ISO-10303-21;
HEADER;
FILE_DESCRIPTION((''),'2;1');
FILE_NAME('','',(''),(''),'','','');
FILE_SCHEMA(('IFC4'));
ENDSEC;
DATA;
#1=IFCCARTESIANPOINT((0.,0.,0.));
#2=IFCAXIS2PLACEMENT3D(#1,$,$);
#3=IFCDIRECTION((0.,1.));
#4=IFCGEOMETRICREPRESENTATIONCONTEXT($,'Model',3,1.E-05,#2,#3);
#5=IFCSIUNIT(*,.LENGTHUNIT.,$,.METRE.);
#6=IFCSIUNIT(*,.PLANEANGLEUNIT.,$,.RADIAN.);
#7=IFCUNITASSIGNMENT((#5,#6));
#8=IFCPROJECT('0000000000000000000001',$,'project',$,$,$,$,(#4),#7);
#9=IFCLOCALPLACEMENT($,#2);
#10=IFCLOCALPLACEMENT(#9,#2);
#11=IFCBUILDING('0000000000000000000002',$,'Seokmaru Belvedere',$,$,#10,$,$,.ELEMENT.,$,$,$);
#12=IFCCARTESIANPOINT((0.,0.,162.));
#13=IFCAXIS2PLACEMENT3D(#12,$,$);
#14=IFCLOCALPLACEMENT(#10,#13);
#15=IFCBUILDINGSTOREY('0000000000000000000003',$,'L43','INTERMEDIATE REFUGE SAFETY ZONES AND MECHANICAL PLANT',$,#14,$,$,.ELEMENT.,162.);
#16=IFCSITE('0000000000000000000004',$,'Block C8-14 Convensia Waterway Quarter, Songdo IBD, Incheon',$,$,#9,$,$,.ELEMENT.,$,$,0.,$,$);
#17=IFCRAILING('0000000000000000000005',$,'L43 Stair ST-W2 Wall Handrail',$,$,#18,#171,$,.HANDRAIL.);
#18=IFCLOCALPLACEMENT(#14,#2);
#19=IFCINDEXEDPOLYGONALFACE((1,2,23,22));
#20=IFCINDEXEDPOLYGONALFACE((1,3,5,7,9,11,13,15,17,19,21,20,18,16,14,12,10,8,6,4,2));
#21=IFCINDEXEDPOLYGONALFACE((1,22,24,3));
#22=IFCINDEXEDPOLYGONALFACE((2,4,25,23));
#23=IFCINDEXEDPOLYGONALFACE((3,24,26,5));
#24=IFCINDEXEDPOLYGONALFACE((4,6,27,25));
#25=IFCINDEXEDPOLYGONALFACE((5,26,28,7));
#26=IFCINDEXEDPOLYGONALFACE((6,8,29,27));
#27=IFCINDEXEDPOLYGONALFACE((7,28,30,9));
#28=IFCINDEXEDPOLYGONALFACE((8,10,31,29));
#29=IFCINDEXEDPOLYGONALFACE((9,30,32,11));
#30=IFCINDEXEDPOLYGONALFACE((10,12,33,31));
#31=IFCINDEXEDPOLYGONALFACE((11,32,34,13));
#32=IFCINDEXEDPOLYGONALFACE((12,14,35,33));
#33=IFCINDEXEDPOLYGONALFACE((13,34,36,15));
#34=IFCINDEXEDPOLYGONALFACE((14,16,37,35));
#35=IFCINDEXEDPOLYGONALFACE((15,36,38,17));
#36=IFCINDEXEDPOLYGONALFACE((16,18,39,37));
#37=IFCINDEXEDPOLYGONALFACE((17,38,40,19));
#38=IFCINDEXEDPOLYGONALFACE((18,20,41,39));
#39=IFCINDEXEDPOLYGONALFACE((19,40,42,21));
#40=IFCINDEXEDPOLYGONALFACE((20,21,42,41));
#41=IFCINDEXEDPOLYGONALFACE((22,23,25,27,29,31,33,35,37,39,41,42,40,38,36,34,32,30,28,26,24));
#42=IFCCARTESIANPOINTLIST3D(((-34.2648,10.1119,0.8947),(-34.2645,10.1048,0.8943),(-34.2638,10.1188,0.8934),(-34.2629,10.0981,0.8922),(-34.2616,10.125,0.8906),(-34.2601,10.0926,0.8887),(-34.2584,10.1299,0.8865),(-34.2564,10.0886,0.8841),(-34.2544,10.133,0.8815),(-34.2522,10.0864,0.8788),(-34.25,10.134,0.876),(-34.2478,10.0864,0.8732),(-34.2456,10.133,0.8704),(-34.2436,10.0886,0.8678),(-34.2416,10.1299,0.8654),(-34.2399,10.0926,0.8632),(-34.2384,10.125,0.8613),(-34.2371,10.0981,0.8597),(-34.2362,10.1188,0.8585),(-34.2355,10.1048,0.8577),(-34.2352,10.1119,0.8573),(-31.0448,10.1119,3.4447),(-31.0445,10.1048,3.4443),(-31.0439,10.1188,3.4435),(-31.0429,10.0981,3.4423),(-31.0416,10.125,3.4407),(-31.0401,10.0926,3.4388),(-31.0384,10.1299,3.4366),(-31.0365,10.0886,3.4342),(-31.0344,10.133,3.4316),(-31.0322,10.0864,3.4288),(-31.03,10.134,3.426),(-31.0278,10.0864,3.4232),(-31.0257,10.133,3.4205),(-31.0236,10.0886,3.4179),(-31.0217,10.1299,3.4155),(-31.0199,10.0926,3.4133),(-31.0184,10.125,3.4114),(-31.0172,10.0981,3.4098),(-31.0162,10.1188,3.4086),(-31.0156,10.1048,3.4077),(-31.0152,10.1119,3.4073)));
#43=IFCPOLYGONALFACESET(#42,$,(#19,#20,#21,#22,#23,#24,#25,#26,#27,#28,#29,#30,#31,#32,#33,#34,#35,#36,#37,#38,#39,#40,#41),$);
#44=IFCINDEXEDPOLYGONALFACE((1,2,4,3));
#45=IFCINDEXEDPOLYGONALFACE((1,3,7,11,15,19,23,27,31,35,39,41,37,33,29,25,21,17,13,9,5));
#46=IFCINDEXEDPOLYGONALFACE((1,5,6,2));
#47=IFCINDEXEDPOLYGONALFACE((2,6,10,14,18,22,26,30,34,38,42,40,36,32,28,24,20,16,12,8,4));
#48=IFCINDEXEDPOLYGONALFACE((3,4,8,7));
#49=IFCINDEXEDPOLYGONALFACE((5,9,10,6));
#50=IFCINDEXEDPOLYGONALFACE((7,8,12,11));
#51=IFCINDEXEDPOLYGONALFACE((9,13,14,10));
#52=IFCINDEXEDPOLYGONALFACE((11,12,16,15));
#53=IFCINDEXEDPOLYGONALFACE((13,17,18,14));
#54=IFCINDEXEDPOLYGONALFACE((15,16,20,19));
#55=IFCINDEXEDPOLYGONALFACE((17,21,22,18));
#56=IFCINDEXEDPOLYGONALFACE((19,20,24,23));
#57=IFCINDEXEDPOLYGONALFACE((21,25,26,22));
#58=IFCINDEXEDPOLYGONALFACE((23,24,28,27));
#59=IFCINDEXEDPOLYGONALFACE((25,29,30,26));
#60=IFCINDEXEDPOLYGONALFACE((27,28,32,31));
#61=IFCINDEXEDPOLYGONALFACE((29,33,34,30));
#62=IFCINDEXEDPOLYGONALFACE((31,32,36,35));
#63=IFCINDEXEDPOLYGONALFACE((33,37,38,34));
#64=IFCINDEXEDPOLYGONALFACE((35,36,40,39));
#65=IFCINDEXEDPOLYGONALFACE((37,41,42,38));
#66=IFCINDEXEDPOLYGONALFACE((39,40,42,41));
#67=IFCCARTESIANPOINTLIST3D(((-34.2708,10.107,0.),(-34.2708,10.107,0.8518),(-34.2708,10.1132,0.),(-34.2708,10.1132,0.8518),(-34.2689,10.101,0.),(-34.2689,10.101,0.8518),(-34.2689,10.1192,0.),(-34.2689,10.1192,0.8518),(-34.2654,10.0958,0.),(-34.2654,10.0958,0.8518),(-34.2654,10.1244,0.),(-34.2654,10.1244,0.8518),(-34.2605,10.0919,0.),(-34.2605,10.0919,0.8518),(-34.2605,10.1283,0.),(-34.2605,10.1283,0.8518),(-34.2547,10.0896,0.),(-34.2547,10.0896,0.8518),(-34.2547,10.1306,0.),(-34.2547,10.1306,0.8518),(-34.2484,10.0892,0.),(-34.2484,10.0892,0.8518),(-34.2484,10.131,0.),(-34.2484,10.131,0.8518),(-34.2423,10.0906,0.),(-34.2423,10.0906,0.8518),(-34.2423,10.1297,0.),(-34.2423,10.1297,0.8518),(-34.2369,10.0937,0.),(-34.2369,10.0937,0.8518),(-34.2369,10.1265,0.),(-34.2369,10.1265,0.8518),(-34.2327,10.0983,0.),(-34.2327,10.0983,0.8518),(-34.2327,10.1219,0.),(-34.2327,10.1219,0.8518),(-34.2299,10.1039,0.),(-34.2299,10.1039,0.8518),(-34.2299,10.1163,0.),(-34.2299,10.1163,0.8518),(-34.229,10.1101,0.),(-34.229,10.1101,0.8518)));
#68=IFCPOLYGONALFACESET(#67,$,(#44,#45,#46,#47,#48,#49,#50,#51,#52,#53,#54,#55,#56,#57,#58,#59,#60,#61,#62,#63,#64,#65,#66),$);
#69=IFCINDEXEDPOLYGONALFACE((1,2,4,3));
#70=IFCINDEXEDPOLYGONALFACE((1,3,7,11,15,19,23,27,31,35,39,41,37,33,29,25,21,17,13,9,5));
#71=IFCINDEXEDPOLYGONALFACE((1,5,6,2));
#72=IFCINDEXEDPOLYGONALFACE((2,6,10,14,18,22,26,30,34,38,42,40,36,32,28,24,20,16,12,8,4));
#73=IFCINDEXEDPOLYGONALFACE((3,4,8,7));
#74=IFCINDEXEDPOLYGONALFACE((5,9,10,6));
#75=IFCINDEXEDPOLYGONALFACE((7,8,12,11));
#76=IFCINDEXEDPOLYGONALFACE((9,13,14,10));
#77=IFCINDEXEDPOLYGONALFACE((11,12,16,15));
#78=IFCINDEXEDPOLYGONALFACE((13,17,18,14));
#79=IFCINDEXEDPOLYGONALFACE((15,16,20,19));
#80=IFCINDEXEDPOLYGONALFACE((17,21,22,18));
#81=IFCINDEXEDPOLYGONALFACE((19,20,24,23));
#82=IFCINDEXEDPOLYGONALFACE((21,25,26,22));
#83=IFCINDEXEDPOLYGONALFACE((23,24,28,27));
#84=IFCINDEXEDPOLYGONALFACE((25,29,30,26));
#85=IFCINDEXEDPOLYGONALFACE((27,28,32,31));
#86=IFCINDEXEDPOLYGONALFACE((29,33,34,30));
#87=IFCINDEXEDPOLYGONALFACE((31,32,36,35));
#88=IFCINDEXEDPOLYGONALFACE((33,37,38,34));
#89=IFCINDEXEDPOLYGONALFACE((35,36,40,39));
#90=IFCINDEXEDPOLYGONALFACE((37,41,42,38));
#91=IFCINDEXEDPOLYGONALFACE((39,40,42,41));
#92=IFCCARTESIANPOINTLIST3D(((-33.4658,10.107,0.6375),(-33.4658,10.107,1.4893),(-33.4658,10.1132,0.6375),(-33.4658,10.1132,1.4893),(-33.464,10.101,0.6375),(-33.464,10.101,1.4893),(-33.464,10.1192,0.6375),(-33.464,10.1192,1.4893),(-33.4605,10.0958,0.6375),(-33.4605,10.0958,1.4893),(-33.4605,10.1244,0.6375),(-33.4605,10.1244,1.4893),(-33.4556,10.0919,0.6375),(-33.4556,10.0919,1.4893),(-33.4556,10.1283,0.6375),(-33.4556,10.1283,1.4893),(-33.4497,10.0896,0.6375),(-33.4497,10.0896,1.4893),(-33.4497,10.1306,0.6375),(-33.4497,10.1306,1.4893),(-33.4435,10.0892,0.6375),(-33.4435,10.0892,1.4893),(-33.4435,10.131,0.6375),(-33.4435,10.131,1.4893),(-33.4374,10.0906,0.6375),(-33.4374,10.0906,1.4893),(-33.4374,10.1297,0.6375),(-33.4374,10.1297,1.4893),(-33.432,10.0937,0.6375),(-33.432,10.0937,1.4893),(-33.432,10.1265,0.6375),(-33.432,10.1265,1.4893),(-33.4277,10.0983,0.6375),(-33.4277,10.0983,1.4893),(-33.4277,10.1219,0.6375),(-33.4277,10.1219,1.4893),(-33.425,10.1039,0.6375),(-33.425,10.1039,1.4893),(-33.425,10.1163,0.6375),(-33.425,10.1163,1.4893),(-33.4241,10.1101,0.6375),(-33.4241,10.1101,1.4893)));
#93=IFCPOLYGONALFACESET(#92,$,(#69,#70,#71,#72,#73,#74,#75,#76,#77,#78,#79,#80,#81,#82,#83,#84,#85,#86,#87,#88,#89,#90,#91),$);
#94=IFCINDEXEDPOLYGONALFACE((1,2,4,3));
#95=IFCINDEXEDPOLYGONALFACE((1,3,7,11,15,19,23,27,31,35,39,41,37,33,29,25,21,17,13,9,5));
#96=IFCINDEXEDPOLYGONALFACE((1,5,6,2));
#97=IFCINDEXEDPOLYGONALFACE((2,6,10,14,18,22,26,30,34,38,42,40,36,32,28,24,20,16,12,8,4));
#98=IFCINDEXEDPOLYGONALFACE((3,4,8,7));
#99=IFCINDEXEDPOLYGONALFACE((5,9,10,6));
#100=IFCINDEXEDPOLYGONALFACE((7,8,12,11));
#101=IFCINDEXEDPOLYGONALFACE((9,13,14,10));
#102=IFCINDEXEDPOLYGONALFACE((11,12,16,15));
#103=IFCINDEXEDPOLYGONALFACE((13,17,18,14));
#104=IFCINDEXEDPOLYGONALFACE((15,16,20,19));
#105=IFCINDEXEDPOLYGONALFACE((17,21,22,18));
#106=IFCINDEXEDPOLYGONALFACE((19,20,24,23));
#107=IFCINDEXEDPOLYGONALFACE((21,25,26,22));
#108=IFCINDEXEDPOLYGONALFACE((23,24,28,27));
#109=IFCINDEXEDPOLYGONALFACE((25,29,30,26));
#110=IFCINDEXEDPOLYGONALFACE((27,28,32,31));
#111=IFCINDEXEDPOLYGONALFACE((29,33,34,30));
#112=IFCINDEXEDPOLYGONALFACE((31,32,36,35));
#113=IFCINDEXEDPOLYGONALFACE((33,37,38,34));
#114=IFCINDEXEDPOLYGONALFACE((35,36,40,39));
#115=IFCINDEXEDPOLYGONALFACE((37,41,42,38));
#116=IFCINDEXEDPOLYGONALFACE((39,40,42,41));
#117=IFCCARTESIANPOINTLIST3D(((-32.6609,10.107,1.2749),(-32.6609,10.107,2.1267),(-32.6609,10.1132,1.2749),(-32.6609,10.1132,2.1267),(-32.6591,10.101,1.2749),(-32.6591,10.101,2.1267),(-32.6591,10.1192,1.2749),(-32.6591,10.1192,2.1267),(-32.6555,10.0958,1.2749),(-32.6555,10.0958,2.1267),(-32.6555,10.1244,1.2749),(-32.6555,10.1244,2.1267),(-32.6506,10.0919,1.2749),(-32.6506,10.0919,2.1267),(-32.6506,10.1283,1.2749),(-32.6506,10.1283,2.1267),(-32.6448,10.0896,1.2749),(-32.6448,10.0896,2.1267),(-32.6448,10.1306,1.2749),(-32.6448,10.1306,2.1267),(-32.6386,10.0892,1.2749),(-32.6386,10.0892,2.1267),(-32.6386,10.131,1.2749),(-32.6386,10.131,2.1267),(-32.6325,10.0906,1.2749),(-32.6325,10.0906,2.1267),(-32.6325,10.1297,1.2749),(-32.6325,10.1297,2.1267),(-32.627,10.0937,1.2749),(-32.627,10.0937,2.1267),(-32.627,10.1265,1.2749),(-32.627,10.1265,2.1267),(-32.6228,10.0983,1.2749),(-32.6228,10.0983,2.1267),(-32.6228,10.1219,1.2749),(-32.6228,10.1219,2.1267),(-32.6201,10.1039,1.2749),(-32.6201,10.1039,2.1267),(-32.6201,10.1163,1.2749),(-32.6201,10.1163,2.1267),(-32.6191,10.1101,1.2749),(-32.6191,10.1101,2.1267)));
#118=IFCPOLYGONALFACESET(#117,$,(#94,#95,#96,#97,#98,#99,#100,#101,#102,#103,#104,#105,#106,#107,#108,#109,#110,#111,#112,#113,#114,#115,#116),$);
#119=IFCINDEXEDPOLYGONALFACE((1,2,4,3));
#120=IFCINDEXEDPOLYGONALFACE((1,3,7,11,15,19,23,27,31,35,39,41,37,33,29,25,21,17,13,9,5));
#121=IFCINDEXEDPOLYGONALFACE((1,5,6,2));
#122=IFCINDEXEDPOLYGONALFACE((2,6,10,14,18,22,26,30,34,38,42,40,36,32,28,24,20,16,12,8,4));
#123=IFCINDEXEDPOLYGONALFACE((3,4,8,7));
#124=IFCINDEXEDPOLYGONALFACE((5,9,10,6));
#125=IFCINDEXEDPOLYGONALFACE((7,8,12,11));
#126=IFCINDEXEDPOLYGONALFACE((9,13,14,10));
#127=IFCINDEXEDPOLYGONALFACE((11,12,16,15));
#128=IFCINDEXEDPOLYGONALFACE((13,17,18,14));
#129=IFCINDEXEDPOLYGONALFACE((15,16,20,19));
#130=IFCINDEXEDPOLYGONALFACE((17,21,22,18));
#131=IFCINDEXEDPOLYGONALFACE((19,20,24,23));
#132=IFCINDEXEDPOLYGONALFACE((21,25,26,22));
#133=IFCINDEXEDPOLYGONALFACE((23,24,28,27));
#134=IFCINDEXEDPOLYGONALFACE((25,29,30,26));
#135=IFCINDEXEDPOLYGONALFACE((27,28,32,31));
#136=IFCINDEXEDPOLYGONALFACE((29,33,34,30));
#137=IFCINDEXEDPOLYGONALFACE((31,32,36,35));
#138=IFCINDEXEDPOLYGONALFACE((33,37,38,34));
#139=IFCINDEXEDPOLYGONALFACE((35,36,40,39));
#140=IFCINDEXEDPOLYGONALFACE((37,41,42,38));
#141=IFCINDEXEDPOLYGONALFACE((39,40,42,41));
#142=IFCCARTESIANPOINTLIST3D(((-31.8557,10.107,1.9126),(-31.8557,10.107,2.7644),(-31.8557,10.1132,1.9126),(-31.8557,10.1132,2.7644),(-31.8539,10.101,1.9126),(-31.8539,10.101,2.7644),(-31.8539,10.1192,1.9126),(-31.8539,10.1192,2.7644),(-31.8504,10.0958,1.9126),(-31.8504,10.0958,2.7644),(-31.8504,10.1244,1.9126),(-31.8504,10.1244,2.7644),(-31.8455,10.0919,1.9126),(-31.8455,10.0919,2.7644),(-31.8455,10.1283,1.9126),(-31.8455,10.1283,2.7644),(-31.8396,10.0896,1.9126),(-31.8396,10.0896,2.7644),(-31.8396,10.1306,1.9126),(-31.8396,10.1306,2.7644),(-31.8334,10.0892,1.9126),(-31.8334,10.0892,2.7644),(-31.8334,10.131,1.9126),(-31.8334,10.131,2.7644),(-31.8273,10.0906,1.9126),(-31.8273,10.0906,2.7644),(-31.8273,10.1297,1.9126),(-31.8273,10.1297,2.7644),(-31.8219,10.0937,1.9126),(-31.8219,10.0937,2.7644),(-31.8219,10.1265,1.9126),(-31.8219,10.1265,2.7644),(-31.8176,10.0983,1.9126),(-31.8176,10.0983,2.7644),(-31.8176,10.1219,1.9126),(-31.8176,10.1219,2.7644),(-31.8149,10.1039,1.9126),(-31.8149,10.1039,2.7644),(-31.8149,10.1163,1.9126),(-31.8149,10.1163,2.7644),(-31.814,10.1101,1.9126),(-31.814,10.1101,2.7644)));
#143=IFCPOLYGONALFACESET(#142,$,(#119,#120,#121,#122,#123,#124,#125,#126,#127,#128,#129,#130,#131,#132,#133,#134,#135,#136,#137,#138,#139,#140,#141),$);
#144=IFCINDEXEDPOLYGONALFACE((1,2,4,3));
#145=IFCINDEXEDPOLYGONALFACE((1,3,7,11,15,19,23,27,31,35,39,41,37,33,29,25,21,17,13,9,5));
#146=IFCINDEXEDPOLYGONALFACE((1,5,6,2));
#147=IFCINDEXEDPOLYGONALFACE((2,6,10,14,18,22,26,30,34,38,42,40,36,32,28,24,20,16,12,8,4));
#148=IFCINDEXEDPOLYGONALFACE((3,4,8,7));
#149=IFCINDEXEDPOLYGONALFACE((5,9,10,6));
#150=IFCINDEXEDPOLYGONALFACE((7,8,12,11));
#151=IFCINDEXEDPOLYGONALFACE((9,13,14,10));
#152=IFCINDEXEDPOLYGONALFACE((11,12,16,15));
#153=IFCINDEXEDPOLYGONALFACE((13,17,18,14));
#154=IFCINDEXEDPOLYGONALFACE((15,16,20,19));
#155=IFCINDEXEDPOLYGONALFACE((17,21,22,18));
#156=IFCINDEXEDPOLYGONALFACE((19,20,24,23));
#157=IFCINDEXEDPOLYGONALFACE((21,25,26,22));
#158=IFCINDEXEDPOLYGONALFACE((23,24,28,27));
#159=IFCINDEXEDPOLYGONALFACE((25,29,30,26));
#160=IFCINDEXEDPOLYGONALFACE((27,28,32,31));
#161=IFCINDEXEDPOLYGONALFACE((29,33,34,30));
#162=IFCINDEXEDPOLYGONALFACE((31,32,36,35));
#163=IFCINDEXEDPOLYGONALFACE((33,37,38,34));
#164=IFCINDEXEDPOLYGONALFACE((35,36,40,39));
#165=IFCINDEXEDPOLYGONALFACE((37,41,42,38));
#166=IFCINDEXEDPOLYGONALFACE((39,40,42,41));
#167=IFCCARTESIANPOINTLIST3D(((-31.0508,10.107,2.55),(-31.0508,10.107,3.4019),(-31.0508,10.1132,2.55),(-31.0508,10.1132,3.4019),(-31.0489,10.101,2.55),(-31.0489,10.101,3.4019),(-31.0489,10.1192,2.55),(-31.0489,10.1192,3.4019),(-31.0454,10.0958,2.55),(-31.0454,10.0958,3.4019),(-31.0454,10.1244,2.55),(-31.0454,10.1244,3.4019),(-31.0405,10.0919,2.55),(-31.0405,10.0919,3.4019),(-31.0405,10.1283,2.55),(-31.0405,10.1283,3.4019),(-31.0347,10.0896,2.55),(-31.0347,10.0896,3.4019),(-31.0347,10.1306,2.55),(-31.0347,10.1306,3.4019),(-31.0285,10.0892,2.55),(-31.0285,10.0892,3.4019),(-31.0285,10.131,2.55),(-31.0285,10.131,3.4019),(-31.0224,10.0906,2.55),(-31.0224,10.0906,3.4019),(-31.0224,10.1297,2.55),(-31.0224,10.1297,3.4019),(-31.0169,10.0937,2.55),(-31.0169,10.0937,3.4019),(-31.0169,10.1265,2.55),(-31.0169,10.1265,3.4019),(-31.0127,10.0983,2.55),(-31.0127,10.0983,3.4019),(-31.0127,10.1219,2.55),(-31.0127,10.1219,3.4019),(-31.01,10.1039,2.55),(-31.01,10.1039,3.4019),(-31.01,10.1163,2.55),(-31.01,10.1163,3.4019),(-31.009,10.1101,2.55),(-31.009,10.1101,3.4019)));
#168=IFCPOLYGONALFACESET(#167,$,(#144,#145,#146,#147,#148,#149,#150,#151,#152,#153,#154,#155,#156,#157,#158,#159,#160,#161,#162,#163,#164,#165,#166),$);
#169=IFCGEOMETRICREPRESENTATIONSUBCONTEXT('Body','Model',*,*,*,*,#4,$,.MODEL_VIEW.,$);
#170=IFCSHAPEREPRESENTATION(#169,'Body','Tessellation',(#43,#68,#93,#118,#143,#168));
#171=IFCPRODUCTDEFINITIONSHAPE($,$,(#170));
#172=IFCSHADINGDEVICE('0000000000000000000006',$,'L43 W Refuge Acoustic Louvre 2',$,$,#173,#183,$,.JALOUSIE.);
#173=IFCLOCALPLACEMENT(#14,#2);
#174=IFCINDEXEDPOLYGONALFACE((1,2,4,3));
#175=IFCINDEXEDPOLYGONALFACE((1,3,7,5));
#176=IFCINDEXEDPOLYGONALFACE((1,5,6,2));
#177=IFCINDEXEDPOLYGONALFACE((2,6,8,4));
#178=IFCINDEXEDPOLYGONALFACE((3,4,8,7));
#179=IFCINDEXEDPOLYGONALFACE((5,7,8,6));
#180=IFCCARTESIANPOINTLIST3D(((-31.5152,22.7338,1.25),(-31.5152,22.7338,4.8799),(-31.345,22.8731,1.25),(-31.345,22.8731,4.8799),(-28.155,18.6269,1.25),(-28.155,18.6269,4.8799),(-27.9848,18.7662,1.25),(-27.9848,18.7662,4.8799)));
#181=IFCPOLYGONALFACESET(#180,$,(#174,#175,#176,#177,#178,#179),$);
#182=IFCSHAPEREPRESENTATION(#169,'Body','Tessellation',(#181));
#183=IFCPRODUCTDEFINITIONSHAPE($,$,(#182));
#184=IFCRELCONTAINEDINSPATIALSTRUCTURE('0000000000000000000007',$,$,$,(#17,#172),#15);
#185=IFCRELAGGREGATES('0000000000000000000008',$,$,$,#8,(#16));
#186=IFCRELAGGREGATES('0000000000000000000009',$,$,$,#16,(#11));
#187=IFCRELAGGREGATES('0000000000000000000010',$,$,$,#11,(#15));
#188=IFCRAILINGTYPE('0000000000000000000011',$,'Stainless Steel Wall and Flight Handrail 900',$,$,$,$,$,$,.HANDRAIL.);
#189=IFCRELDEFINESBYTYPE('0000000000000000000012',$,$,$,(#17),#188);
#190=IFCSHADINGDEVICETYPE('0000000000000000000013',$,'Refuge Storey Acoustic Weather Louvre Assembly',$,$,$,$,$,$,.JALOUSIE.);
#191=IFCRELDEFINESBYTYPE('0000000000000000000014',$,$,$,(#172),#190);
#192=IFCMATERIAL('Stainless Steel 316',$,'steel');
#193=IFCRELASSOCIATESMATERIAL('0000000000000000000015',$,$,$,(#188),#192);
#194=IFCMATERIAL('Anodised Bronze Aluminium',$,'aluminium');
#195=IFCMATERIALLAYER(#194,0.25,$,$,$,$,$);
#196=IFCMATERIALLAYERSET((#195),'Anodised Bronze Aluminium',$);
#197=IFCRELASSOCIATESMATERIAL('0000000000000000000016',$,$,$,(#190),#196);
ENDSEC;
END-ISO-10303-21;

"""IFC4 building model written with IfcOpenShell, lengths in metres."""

from ifc_helpers import new_model, si_unit, direction, frame, origin, origin_2d, place, context, subcontext, project, spatial, rectangle, circle, extrude, source, transform, mapped, material, layer, layer_set, type_object, type_shapes, element, save


model = new_model("IFC4")

# Units and contexts
model_context = context("Model", 3, precision=1e-05, world=origin(), true_north=direction((0.0, 1.0)))
body_context = subcontext(model_context, "Body", "Model", "MODEL_VIEW")
ifc_project = project(units=[si_unit("LENGTHUNIT", "METRE"), si_unit("PLANEANGLEUNIT", "RADIAN")], contexts=[model_context])

# Site, building, storey
site_placement = place(None, origin())
site = spatial("IfcSite", under=ifc_project, at=site_placement, Name="Block C8-14 Convensia Waterway Quarter, Songdo IBD, Incheon", CompositionType="ELEMENT", RefElevation=0.0)
building_placement = place(site_placement, origin())
building = spatial("IfcBuilding", under=site, at=building_placement, Name="Seokmaru Belvedere", CompositionType="ELEMENT")
storey_placement = place(building_placement, frame((0.0, 0.0, 162.0)))
storey = spatial("IfcBuildingStorey", under=building, at=storey_placement, Name="L43", Description="INTERMEDIATE REFUGE SAFETY ZONES AND MECHANICAL PLANT", CompositionType="ELEMENT", Elevation=162.0)

# Railing
ifc_material_1 = material(Name="Stainless Steel 316", Category="steel")
railing_type_1 = type_object("IfcRailingType", Name="Stainless Steel Wall and Flight Handrail 900", PredefinedType="HANDRAIL", material=ifc_material_1)
railing_1_placement = place(storey_placement, frame((-34.25, 10.1101, 0.0)))
element("IfcRailing", 1, at=railing_1_placement, inside=storey, type_object=railing_type_1, Name="L43 Stair ST-W2 Wall Handrail", PredefinedType="HANDRAIL", context=body_context, shape_type="SweptSolid", body=[
    extrude(circle(Radius=0.0239, at=origin_2d()), frame((0.0, 0.0, 0.876), z_axis=(0.783939, 0.0, 0.620838), x_axis=(0.0, 1.0, 0.0)), (0.0, 0.0, 1.0), 4.1074),
    extrude(circle(Radius=0.021, at=origin_2d()), origin(), (0.0, 0.0, 1.0), 0.8518),
    extrude(circle(Radius=0.021, at=origin_2d()), frame((0.8049, 0.0, 0.6375)), (0.0, 0.0, 1.0), 0.8518),
    extrude(circle(Radius=0.021, at=origin_2d()), frame((1.6099, 0.0, 1.2749)), (0.0, 0.0, 1.0), 0.8518),
    extrude(circle(Radius=0.021, at=origin_2d()), frame((2.415, 0.0, 1.9126)), (0.0, 0.0, 1.0), 0.8518),
    extrude(circle(Radius=0.021, at=origin_2d()), frame((3.22, 0.0, 2.55)), (0.0, 0.0, 1.0), 0.8518),
])

# Shading device
ifc_material_2 = material(Name="Anodised Bronze Aluminium", Category="aluminium")
ifc_layer_1 = layer(ifc_material_2, 0.25)
ifc_layer_set_1 = layer_set([ifc_layer_1], Name="Anodised Bronze Aluminium")
shading_device_type = type_object("IfcShadingDeviceType", Name="Refuge Storey Acoustic Weather Louvre Assembly", PredefinedType="JALOUSIE", material=ifc_layer_set_1)
shared_shape_1 = source(origin(), body_context, "Body", "SweptSolid", [
    extrude(rectangle(XDim=5.3064, YDim=0.22, at=origin_2d()), origin(), (0.0, 0.0, 1.0), 3.6299),
])
type_shapes(shading_device_type, [shared_shape_1])
shading_device_placement = place(storey_placement, frame((-29.75, 20.75, 1.25), z_axis=(0.0, 0.0, 1.0), x_axis=(-0.633238, 0.773957, 0.0)))
element("IfcShadingDevice", 2, at=shading_device_placement, inside=storey, type_object=shading_device_type, Name="L43 W Refuge Acoustic Louvre 2", PredefinedType="JALOUSIE", context=body_context, shape_type="MappedRepresentation", body=[
    mapped(shared_shape_1, transform((0.0, 0.0, 0.0), scale=1.0)),
])

save(model, "model.ifc")
